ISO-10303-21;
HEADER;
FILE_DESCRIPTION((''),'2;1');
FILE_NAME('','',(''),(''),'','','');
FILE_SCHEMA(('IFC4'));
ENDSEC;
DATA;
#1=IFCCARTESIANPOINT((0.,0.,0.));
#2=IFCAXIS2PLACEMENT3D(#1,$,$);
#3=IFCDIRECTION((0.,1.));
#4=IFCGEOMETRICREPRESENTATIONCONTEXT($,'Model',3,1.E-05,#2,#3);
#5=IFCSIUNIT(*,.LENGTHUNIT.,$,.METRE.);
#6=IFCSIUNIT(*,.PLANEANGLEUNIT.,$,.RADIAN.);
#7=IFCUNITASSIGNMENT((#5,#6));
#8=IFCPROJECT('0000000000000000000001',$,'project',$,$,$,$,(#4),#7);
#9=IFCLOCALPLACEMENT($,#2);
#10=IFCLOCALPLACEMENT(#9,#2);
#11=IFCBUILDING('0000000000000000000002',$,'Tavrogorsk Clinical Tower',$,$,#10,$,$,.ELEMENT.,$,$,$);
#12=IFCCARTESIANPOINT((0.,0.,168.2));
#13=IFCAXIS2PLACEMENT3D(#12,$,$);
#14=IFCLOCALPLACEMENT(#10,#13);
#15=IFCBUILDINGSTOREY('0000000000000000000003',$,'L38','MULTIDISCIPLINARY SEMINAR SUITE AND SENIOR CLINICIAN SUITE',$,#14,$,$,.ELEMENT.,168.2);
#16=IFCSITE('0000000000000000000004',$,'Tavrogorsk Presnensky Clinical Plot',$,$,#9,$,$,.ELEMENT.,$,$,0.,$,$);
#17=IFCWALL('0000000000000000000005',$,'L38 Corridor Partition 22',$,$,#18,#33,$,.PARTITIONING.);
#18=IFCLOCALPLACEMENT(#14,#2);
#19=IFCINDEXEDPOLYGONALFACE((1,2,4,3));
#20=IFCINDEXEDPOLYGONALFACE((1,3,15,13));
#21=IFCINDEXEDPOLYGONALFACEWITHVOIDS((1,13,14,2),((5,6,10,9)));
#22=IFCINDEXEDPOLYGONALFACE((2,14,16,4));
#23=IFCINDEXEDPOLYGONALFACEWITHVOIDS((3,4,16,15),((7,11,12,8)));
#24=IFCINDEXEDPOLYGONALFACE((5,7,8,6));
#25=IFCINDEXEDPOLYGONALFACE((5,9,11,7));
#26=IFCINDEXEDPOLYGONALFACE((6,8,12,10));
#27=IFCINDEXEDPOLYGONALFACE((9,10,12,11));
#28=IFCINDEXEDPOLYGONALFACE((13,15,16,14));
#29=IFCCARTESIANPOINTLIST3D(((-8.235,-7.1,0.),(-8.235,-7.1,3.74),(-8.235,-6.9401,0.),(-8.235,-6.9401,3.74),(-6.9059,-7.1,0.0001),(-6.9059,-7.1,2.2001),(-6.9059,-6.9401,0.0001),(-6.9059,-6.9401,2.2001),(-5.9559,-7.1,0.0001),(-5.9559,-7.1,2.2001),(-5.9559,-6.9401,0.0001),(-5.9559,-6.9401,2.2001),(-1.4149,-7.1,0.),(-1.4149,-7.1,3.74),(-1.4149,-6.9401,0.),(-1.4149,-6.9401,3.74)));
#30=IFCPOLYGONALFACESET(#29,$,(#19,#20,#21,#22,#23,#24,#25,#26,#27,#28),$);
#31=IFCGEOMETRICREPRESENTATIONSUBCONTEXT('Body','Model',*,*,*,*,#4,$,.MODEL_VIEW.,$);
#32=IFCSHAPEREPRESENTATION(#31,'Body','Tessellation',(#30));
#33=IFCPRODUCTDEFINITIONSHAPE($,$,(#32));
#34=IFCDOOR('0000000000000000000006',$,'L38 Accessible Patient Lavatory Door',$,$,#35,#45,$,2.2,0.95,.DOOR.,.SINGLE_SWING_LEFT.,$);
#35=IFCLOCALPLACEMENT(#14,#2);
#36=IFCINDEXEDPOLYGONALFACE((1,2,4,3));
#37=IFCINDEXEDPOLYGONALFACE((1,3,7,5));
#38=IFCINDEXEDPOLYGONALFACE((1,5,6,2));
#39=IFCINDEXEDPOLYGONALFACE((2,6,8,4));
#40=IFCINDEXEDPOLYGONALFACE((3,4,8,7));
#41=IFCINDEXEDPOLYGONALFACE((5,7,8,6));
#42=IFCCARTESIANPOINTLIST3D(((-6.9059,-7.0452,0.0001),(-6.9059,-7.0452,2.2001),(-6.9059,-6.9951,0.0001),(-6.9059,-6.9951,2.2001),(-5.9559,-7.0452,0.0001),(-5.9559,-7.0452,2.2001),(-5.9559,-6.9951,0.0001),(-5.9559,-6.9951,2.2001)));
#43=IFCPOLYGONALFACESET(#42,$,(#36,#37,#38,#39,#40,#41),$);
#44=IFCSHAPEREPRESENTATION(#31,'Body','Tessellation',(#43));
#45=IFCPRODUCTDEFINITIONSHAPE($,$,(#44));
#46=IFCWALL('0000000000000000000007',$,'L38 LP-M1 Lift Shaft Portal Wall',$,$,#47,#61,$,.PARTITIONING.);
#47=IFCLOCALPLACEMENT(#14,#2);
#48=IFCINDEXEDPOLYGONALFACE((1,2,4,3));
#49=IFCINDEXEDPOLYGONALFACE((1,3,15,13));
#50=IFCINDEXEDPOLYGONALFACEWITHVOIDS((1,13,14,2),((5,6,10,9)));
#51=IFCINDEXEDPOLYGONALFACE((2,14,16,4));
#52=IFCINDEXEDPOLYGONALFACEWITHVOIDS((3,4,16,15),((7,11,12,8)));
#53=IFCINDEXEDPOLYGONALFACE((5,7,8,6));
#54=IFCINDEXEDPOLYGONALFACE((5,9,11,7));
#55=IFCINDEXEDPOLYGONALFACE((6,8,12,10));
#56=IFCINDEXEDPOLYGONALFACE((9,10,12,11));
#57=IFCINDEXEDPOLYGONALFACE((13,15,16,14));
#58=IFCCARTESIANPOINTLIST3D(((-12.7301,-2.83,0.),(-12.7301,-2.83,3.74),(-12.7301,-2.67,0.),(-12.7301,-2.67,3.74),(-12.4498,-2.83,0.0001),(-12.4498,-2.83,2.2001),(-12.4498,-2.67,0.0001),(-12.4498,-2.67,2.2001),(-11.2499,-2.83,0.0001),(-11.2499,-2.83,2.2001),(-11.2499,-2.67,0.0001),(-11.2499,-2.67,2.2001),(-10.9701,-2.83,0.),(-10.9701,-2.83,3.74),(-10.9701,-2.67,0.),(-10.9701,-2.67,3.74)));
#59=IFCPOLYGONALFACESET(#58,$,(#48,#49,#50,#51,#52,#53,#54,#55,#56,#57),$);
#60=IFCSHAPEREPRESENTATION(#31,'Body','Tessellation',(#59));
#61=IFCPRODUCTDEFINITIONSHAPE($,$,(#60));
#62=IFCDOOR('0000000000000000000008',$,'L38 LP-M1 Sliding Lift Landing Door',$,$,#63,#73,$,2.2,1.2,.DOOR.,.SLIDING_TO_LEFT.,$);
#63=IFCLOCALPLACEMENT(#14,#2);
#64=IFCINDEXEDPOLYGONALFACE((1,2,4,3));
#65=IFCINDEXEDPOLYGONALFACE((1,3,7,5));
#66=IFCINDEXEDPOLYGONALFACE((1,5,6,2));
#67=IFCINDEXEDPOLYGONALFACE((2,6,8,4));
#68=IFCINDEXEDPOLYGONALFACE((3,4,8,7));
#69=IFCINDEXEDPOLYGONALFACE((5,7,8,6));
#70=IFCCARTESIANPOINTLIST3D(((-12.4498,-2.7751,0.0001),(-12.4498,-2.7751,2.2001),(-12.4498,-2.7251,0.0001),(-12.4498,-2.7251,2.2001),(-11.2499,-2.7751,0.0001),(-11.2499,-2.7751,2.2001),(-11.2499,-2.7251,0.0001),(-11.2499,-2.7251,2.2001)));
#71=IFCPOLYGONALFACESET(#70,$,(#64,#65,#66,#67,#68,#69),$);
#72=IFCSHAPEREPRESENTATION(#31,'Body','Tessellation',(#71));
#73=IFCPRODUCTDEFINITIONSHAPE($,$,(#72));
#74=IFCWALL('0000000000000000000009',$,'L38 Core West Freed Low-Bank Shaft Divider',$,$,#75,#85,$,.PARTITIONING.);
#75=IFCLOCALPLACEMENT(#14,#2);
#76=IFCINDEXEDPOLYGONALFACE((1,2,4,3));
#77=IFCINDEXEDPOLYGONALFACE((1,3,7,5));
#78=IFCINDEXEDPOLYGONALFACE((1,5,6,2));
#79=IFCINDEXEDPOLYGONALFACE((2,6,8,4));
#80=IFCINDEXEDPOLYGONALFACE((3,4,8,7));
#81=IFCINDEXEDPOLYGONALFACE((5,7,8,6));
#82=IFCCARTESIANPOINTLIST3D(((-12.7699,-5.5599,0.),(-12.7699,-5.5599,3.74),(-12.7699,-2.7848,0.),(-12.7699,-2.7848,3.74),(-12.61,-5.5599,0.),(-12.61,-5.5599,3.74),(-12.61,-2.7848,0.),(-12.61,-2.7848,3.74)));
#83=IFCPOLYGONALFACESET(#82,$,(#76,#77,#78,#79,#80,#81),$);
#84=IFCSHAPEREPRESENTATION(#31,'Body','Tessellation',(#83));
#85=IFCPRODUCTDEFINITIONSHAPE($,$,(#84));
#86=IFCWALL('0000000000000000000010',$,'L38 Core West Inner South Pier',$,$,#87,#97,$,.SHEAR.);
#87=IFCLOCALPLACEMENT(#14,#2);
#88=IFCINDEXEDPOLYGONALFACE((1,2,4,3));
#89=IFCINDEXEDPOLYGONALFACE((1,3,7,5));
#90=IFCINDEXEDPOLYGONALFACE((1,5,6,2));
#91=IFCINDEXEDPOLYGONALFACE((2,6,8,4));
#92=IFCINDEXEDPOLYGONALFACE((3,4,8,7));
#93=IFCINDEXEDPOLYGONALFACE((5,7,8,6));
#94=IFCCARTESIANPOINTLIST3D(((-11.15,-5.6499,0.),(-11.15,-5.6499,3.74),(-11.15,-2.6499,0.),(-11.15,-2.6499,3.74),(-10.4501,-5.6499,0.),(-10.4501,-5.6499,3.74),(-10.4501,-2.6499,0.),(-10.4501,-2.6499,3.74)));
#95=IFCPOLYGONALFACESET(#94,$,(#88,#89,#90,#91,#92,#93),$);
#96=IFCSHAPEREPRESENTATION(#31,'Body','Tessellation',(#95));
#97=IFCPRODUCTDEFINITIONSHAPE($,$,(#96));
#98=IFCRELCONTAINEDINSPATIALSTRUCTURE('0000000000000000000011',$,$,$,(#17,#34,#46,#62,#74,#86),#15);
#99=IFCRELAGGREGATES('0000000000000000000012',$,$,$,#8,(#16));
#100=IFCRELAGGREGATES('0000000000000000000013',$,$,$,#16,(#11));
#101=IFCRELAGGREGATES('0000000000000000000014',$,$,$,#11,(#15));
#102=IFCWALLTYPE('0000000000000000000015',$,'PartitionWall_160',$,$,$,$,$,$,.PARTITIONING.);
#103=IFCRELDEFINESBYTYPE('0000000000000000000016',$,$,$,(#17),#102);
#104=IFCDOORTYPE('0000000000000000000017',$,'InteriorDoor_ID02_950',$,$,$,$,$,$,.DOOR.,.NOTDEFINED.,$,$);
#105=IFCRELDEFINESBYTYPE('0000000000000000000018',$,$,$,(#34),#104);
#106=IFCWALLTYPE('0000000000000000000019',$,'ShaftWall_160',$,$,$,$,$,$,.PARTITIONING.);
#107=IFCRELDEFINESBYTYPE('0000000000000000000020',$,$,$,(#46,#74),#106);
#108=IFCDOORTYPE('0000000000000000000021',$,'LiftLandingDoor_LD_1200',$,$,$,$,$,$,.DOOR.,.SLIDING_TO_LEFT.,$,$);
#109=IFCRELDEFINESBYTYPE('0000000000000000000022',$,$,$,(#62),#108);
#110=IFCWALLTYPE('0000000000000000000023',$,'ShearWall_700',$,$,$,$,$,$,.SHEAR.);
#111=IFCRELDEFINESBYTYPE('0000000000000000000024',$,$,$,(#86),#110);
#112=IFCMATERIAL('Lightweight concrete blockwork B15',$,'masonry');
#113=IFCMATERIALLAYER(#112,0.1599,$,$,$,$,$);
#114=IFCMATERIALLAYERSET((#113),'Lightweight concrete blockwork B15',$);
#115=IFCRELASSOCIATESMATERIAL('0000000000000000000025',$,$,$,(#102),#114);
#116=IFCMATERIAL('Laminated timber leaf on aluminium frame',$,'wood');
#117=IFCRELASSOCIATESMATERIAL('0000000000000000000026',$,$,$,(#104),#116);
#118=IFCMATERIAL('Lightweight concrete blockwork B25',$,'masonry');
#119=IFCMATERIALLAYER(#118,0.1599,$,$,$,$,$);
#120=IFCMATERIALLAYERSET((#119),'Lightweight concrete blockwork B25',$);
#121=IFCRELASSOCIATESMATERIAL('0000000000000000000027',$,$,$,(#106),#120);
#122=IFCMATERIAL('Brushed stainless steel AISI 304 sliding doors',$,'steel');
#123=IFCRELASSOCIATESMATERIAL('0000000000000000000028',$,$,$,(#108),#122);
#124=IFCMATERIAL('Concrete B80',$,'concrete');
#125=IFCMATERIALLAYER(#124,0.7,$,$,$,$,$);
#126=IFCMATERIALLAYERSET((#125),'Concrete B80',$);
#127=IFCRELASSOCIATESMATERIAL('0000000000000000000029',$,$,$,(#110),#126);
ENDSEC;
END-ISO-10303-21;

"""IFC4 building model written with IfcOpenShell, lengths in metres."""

from ifc_helpers import new_model, si_unit, direction, frame, frame_2d, origin, place, context, subcontext, project, spatial, rectangle, extrude, material, layer, layer_set, type_object, element, fill, save


model = new_model("IFC4")

# Units and contexts
model_context = context("Model", 3, precision=1e-05, world=origin(), true_north=direction((0.0, 1.0)))
body_context = subcontext(model_context, "Body", "Model", "MODEL_VIEW")
ifc_project = project(units=[si_unit("LENGTHUNIT", "METRE"), si_unit("PLANEANGLEUNIT", "RADIAN")], contexts=[model_context])

# Site, building, storey
site_placement = place(None, origin())
site = spatial("IfcSite", under=ifc_project, at=site_placement, Name="Tavrogorsk Presnensky Clinical Plot", CompositionType="ELEMENT", RefElevation=0.0)
building_placement = place(site_placement, origin())
building = spatial("IfcBuilding", under=site, at=building_placement, Name="Tavrogorsk Clinical Tower", CompositionType="ELEMENT")
storey_placement = place(building_placement, frame((0.0, 0.0, 168.2)))
storey = spatial("IfcBuildingStorey", under=building, at=storey_placement, Name="L38", Description="MULTIDISCIPLINARY SEMINAR SUITE AND SENIOR CLINICIAN SUITE", CompositionType="ELEMENT", Elevation=168.2)

# Shared definitions
ifc_material_1 = material(Name="Lightweight concrete blockwork B15", Category="masonry")
ifc_layer_1 = layer(ifc_material_1, 0.1599)
ifc_layer_set_1 = layer_set([ifc_layer_1], Name="Lightweight concrete blockwork B15")
wall_type_1 = type_object("IfcWallType", Name="PartitionWall_160", PredefinedType="PARTITIONING", material=ifc_layer_set_1)
ifc_material_2 = material(Name="Laminated timber leaf on aluminium frame", Category="wood")
door_type_1 = type_object("IfcDoorType", Name="InteriorDoor_ID02_950", OperationType="NOTDEFINED", PredefinedType="DOOR", material=ifc_material_2)

# Walls, openings, doors
wall_1_placement = place(storey_placement, frame((-8.2351, -7.02, 0.0), z_axis=(0.0, 0.0, 1.0), x_axis=(1.0, 0.0, 0.0)))
wall_1 = element("IfcWall", 1, at=wall_1_placement, inside=storey, type_object=wall_type_1, Name="L38 Corridor Partition 22", PredefinedType="PARTITIONING", context=body_context, shape_type="SweptSolid", body=[
    extrude(rectangle(XDim=6.8201, YDim=0.1599, at=frame_2d((3.4102, 0.0))), origin(), (0.0, 0.0, 1.0), 3.74),
])
opening_1_placement = place(wall_1_placement, frame((1.3291, 0.0, 0.0)))
opening_1 = element("IfcOpeningElement", 2, at=opening_1_placement, cuts=wall_1, PredefinedType="OPENING", context=body_context, shape_type="SweptSolid", body=[
    extrude(rectangle(XDim=0.95, YDim=2.2, at=frame_2d((0.4751, 1.1001))), frame((0.0, 0.0898, 0.0), z_axis=(0.0, -1.0, 0.0), x_axis=(1.0, 0.0, 0.0)), (0.0, 0.0, 1.0), 0.1799),
])
door_1_placement = place(opening_1_placement, origin())
door_1 = element("IfcDoor", 3, at=door_1_placement, inside=storey, type_object=door_type_1, Name="L38 Accessible Patient Lavatory Door", OperationType="SINGLE_SWING_LEFT", OverallHeight=2.2, OverallWidth=0.95, PredefinedType="DOOR", context=body_context, shape_type="SweptSolid", body=[
    extrude(rectangle(XDim=0.95, YDim=2.2, at=frame_2d((0.4751, 1.1001))), frame((0.0, 0.0249, 0.0), z_axis=(0.0, -1.0, 0.0), x_axis=(1.0, 0.0, 0.0)), (0.0, 0.0, 1.0), 0.05),
])
fill(opening_1, door_1)
ifc_material_3 = material(Name="Lightweight concrete blockwork B25", Category="masonry")
ifc_layer_2 = layer(ifc_material_3, 0.1599)
ifc_layer_set_2 = layer_set([ifc_layer_2], Name="Lightweight concrete blockwork B25")
wall_type_2 = type_object("IfcWallType", Name="ShaftWall_160", PredefinedType="PARTITIONING", material=ifc_layer_set_2)
wall_2_placement = place(storey_placement, frame((-12.73, -2.75, 0.0), z_axis=(0.0, 0.0, 1.0), x_axis=(1.0, 0.0, 0.0)))
wall_2 = element("IfcWall", 4, at=wall_2_placement, inside=storey, type_object=wall_type_2, Name="L38 LP-M1 Lift Shaft Portal Wall", PredefinedType="PARTITIONING", context=body_context, shape_type="SweptSolid", body=[
    extrude(rectangle(XDim=1.76, YDim=0.1599, at=frame_2d((0.8799, 0.0))), origin(), (0.0, 0.0, 1.0), 3.74),
])
opening_2_placement = place(wall_2_placement, frame((0.28, 0.0, 0.0)))
opening_2 = element("IfcOpeningElement", 5, at=opening_2_placement, cuts=wall_2, PredefinedType="OPENING", context=body_context, shape_type="SweptSolid", body=[
    extrude(rectangle(XDim=1.2, YDim=2.2, at=frame_2d((0.6001, 1.1001))), frame((0.0, 0.0898, 0.0), z_axis=(0.0, -1.0, 0.0), x_axis=(1.0, 0.0, 0.0)), (0.0, 0.0, 1.0), 0.1799),
])
ifc_material_4 = material(Name="Brushed stainless steel AISI 304 sliding doors", Category="steel")
door_type_2 = type_object("IfcDoorType", Name="LiftLandingDoor_LD_1200", OperationType="SLIDING_TO_LEFT", PredefinedType="DOOR", material=ifc_material_4)
door_2_placement = place(opening_2_placement, origin())
door_2 = element("IfcDoor", 6, at=door_2_placement, inside=storey, type_object=door_type_2, Name="L38 LP-M1 Sliding Lift Landing Door", OperationType="SLIDING_TO_LEFT", OverallHeight=2.2, OverallWidth=1.2, PredefinedType="DOOR", context=body_context, shape_type="SweptSolid", body=[
    extrude(rectangle(XDim=1.2, YDim=2.2, at=frame_2d((0.6001, 1.1001))), frame((0.0, 0.0249, 0.0), z_axis=(0.0, -1.0, 0.0), x_axis=(1.0, 0.0, 0.0)), (0.0, 0.0, 1.0), 0.05),
])
fill(opening_2, door_2)

# Walls
wall_3_placement = place(storey_placement, frame((-12.6899, -5.5601, 0.0), z_axis=(0.0, 0.0, 1.0), x_axis=(0.0, 1.0, 0.0)))
element("IfcWall", 7, at=wall_3_placement, inside=storey, type_object=wall_type_2, Name="L38 Core West Freed Low-Bank Shaft Divider", PredefinedType="PARTITIONING", context=body_context, shape_type="SweptSolid", body=[
    extrude(rectangle(XDim=2.7751, YDim=0.1599, at=frame_2d((1.3877, 0.0))), origin(), (0.0, 0.0, 1.0), 3.74),
])
ifc_material_5 = material(Name="Concrete B80", Category="concrete")
ifc_layer_3 = layer(ifc_material_5, 0.7)
ifc_layer_set_3 = layer_set([ifc_layer_3], Name="Concrete B80")
wall_type_3 = type_object("IfcWallType", Name="ShearWall_700", PredefinedType="SHEAR", material=ifc_layer_set_3)
wall_4_placement = place(storey_placement, frame((-10.8, -5.6499, 0.0), z_axis=(0.0, 0.0, 1.0), x_axis=(0.0, 1.0, 0.0)))
element("IfcWall", 8, at=wall_4_placement, inside=storey, type_object=wall_type_3, Name="L38 Core West Inner South Pier", PredefinedType="SHEAR", context=body_context, shape_type="SweptSolid", body=[
    extrude(rectangle(XDim=3.0, YDim=0.7, at=frame_2d((1.5, 0.0))), origin(), (0.0, 0.0, 1.0), 3.74),
])

save(model, "model.ifc")
